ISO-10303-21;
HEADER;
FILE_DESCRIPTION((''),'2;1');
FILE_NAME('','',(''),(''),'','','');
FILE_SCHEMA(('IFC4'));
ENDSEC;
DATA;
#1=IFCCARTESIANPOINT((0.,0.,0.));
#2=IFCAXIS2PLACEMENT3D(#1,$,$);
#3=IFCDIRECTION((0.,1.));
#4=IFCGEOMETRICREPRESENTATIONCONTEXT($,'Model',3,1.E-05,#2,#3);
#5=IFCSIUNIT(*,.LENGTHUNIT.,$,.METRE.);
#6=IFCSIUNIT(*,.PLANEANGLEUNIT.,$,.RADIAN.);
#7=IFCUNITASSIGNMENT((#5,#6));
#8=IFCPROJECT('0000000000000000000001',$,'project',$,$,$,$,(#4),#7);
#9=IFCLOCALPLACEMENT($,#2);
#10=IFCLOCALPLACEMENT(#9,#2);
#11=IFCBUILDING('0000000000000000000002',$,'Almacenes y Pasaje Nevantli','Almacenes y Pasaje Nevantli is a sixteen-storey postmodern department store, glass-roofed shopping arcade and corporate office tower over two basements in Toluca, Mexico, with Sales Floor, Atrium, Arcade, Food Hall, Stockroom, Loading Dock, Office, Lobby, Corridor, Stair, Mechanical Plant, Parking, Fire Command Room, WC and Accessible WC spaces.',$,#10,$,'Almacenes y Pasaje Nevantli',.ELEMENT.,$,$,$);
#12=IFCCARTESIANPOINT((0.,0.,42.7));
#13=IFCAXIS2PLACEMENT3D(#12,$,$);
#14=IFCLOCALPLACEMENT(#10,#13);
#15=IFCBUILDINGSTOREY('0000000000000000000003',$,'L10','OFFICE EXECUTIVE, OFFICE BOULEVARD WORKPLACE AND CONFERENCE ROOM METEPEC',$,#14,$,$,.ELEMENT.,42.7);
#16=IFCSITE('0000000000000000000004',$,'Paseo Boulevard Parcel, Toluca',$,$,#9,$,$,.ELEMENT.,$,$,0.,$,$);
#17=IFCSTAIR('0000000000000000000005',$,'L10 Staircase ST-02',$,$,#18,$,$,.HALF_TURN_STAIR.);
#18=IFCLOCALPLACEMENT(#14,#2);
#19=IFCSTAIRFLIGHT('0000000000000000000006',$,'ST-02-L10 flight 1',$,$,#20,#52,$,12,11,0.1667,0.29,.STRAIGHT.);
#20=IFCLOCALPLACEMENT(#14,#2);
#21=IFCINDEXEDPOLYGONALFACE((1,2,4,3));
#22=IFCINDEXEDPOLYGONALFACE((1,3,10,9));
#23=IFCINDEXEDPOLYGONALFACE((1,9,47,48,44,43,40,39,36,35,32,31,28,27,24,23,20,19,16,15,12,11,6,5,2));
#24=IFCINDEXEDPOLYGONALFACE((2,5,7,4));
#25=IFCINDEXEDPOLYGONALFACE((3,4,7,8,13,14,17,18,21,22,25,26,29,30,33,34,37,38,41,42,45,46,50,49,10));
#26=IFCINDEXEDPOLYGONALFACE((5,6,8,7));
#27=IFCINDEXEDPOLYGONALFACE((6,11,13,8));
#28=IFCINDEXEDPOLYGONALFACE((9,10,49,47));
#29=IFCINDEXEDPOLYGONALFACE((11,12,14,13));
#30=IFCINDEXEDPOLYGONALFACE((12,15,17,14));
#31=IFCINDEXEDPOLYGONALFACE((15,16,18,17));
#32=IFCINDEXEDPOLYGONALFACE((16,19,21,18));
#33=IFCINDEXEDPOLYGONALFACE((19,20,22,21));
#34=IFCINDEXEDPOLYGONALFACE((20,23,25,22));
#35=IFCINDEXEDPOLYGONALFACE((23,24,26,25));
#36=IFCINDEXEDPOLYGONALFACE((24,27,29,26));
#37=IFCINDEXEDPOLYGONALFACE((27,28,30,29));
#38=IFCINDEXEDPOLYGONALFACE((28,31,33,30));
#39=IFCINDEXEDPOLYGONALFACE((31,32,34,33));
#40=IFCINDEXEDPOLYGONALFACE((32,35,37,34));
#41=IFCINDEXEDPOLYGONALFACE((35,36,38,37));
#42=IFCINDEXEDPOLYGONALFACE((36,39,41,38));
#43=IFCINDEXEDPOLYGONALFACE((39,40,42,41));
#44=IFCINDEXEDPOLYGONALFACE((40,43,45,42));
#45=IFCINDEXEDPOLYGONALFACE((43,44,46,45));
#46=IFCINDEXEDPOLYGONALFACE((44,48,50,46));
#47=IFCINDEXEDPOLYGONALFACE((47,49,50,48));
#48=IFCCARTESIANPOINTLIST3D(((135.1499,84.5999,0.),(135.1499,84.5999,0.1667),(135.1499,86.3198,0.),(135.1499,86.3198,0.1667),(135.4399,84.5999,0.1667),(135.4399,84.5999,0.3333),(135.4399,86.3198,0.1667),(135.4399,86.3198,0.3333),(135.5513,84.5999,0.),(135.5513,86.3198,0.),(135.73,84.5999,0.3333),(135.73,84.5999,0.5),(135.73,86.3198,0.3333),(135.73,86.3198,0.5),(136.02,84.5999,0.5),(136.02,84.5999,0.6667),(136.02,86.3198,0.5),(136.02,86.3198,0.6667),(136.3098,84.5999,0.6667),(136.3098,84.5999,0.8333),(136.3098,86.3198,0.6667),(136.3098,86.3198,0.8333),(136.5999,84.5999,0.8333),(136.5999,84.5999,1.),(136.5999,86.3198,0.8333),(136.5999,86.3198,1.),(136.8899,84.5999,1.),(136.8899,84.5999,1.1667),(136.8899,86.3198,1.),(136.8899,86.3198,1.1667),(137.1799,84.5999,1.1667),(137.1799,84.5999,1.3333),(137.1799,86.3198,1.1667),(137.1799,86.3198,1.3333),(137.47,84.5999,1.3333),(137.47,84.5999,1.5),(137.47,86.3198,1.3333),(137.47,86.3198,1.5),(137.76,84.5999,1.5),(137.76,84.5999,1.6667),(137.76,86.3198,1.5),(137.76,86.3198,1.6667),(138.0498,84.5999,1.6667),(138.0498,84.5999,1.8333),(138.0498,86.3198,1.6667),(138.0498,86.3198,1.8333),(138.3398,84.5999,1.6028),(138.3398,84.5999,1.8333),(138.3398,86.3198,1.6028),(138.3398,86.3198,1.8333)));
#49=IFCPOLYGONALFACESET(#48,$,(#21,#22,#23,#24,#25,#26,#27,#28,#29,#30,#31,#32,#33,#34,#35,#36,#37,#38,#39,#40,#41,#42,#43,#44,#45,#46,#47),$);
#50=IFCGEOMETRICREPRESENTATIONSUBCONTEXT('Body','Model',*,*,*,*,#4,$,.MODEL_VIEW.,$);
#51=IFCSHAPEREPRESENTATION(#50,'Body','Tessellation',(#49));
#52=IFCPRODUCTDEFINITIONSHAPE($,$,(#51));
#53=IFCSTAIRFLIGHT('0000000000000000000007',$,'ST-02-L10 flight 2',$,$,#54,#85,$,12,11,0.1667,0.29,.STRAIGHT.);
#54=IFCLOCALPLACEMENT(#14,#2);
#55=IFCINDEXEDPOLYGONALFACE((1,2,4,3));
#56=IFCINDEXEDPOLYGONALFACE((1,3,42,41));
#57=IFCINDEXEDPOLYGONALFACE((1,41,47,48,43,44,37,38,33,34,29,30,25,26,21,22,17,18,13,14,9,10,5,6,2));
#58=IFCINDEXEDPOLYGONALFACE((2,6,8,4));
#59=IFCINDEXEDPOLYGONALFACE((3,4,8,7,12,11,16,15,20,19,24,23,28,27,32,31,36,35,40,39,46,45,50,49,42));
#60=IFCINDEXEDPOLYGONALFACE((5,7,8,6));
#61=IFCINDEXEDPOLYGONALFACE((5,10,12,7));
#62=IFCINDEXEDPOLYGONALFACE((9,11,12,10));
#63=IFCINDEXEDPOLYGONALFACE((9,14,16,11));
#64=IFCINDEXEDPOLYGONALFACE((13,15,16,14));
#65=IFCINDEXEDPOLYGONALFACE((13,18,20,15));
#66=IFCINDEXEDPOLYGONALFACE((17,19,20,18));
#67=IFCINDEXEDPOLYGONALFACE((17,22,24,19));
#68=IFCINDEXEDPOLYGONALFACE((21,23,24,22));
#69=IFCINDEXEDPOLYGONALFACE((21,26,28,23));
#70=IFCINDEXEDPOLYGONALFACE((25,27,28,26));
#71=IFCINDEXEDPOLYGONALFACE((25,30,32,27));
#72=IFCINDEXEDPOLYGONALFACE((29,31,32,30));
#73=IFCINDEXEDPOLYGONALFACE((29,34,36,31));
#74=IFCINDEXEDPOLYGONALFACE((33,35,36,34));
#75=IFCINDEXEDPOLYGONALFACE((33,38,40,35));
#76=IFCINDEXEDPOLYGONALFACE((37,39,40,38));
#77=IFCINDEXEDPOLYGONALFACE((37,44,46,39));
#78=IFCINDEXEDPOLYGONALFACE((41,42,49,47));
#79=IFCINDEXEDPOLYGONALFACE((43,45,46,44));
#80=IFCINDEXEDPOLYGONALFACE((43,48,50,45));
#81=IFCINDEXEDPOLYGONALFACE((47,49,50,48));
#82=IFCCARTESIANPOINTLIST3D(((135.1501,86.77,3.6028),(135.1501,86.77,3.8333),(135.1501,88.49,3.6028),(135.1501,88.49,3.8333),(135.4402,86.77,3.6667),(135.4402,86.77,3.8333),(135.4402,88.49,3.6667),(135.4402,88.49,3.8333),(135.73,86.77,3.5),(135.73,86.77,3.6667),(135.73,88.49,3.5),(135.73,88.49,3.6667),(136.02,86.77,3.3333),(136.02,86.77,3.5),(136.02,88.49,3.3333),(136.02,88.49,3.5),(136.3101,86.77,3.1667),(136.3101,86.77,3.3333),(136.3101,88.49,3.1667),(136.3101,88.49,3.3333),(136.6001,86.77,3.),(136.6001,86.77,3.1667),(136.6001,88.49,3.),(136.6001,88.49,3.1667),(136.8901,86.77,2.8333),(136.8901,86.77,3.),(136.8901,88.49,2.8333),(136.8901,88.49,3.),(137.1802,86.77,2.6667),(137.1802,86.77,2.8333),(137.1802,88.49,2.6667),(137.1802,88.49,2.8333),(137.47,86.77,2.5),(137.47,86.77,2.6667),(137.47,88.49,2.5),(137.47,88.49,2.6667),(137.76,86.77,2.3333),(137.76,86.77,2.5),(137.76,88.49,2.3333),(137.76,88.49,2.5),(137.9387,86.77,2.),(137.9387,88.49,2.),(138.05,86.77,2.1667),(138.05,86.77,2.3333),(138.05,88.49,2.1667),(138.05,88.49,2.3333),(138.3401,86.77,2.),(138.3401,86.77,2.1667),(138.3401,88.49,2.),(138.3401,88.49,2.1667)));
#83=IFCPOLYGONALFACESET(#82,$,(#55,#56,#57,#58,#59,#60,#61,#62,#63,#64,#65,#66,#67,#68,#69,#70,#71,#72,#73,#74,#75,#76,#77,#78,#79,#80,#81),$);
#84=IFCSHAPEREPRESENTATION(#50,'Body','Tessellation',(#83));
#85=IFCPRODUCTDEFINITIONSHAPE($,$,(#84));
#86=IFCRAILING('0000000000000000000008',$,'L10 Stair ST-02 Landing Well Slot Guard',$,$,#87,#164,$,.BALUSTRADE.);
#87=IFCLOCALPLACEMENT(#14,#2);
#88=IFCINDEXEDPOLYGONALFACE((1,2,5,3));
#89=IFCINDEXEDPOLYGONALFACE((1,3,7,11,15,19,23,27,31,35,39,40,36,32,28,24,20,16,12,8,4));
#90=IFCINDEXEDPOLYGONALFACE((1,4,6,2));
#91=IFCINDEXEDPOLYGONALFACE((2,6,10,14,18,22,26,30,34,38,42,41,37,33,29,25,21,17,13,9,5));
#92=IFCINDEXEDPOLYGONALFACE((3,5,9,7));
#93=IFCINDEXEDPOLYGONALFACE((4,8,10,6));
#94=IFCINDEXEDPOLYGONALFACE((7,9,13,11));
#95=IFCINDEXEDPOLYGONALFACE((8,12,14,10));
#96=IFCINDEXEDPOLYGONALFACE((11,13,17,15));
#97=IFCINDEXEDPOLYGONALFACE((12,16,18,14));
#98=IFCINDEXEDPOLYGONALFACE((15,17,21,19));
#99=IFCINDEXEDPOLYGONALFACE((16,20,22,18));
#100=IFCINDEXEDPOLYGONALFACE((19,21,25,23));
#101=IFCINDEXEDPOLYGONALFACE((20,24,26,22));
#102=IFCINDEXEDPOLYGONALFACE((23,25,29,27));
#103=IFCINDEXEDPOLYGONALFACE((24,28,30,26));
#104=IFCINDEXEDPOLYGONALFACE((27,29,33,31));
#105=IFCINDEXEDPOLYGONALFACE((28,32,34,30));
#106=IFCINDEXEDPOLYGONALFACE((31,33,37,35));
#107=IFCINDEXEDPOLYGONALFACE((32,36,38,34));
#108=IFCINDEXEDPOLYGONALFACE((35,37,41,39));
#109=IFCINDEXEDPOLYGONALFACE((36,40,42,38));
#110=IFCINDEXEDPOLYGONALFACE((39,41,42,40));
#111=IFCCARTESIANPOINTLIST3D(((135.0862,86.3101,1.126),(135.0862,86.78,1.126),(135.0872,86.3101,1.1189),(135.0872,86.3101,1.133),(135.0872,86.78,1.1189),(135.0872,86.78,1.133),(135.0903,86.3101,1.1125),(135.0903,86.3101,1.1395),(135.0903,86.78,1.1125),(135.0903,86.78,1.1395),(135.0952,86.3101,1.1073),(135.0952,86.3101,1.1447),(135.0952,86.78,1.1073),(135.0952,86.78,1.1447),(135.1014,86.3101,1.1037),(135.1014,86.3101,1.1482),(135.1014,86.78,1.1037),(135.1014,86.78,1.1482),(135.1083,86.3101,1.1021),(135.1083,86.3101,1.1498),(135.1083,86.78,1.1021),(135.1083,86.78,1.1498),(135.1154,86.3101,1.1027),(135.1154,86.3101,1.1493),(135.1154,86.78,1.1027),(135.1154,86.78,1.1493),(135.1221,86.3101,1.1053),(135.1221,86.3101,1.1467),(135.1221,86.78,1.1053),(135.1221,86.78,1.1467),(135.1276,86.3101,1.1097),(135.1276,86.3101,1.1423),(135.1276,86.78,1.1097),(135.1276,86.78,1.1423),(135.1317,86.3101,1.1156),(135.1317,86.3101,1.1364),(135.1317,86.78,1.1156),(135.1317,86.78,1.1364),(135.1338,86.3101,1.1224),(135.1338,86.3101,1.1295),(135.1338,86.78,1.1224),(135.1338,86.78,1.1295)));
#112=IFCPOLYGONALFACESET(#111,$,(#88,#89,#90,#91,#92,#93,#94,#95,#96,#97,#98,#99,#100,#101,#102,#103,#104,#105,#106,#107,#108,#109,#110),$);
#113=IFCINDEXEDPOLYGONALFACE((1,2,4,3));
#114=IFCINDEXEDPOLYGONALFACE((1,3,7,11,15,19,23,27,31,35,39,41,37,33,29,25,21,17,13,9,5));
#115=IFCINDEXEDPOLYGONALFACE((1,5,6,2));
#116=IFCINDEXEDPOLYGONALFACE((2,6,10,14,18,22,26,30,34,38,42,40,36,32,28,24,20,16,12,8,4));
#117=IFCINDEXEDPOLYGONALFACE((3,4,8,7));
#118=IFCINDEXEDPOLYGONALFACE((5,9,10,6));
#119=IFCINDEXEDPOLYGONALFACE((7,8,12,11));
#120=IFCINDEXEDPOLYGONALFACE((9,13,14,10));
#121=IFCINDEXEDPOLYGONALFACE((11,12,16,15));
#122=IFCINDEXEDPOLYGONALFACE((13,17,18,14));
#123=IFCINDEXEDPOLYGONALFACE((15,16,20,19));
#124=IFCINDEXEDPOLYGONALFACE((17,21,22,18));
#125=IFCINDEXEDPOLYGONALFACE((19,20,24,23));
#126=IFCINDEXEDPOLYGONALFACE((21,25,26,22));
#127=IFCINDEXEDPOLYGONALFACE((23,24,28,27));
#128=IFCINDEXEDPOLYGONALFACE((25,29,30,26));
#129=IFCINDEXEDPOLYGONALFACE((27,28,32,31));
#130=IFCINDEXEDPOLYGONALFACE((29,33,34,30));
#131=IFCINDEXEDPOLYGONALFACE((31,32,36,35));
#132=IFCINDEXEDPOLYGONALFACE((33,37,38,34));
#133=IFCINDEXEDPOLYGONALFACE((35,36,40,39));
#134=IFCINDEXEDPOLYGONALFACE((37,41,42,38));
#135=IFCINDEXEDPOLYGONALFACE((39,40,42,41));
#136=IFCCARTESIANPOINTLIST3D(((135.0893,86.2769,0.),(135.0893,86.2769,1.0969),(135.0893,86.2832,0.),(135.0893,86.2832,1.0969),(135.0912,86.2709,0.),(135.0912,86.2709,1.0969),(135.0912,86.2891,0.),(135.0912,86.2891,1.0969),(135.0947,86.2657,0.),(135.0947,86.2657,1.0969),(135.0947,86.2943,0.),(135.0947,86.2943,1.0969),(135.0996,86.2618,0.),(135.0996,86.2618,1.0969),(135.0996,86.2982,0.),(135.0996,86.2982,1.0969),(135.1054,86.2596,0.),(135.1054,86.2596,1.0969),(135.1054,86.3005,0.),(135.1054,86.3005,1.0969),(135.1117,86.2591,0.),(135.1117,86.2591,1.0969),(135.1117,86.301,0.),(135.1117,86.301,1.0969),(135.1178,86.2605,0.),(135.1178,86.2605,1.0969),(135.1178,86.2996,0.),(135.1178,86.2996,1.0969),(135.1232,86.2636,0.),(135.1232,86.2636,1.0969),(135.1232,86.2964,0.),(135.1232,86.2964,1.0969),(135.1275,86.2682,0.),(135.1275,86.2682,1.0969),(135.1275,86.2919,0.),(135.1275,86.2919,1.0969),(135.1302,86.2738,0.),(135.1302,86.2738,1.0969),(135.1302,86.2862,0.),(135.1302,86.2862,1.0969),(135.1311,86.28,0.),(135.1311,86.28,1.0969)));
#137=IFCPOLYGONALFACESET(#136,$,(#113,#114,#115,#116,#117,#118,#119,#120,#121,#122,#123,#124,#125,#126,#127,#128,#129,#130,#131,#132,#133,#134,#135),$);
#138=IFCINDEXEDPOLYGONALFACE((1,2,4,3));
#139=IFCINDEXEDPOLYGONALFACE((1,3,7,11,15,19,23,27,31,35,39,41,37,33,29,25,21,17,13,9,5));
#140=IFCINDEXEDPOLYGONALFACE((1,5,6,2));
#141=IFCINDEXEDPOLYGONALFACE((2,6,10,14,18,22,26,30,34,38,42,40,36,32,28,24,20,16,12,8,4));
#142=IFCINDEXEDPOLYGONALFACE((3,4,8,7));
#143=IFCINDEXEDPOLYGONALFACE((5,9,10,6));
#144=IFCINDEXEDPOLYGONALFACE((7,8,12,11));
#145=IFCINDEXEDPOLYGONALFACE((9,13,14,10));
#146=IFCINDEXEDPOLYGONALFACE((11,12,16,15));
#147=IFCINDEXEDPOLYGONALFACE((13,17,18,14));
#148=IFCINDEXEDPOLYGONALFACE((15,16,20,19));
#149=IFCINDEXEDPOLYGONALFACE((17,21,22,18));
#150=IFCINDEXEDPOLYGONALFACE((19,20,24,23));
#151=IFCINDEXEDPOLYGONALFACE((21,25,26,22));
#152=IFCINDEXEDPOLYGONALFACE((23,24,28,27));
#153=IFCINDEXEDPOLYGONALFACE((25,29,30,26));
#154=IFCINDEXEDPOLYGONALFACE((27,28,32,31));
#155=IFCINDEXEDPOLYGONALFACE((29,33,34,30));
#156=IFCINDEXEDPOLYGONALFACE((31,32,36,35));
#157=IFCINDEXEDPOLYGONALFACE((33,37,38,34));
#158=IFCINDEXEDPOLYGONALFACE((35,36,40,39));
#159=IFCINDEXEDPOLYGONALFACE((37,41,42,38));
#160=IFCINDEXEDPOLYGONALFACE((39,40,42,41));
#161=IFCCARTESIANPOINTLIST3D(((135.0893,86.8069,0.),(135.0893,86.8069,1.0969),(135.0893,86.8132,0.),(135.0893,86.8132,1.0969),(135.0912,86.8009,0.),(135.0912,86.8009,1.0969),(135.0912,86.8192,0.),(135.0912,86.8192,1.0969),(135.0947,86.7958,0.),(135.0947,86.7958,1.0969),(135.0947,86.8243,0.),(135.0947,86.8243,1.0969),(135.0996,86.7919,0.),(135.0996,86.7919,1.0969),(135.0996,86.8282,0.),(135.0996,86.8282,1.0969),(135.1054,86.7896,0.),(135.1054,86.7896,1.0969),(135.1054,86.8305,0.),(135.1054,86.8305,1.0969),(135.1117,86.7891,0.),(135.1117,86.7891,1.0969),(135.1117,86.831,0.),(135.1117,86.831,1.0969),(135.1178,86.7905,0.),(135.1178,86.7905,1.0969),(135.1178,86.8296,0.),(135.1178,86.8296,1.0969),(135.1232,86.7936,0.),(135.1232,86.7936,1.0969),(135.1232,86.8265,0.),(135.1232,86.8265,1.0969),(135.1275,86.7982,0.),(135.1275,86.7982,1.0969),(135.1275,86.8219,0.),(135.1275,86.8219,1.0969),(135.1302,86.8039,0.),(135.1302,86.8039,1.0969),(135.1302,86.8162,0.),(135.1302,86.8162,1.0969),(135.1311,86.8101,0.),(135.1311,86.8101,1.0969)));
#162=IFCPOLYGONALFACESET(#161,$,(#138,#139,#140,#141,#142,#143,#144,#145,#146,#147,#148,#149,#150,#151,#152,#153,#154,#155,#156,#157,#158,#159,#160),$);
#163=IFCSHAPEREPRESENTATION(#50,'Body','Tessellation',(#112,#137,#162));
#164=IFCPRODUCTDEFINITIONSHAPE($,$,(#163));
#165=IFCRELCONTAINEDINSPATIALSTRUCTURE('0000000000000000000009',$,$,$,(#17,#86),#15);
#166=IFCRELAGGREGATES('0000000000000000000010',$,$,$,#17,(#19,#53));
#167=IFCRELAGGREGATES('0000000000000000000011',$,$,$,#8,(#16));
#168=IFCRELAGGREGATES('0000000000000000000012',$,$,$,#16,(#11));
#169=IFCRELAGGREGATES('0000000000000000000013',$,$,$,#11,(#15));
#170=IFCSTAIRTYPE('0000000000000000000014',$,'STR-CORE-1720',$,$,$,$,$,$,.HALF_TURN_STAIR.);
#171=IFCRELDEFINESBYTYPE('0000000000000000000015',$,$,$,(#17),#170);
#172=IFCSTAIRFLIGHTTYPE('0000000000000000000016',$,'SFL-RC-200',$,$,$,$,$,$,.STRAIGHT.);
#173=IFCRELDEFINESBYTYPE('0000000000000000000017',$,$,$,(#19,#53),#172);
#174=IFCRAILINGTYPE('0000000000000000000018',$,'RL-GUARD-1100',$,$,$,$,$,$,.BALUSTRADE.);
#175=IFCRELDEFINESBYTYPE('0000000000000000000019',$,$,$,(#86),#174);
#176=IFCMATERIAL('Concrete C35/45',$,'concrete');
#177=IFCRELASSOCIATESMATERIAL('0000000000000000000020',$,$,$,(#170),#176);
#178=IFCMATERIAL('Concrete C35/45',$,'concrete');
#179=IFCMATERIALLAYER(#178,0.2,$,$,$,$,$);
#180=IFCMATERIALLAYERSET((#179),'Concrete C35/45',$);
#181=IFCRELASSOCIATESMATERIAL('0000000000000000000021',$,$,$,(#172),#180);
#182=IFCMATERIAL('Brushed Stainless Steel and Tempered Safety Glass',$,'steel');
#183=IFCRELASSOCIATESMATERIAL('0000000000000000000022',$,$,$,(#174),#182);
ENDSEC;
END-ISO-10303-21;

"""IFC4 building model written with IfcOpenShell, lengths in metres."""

from ifc_helpers import new_model, si_unit, direction, frame, origin, origin_2d, place, context, subcontext, project, spatial, polyline, circle, outline, extrude, material, layer, layer_set, type_object, element, aggregate, save


model = new_model("IFC4")

# Units and contexts
model_context = context("Model", 3, precision=1e-05, world=origin(), true_north=direction((0.0, 1.0)))
body_context = subcontext(model_context, "Body", "Model", "MODEL_VIEW")
ifc_project = project(units=[si_unit("LENGTHUNIT", "METRE"), si_unit("PLANEANGLEUNIT", "RADIAN")], contexts=[model_context])

# Site, building, storey
site_placement = place(None, origin())
site = spatial("IfcSite", under=ifc_project, at=site_placement, Name="Paseo Boulevard Parcel, Toluca", CompositionType="ELEMENT", RefElevation=0.0)
building_placement = place(site_placement, origin())
building = spatial("IfcBuilding", under=site, at=building_placement, Name="Almacenes y Pasaje Nevantli", Description="Almacenes y Pasaje Nevantli is a sixteen-storey postmodern department store, glass-roofed shopping arcade and corporate office tower over two basements in Toluca, Mexico, with Sales Floor, Atrium, Arcade, Food Hall, Stockroom, Loading Dock, Office, Lobby, Corridor, Stair, Mechanical Plant, Parking, Fire Command Room, WC and Accessible WC spaces.", LongName="Almacenes y Pasaje Nevantli", CompositionType="ELEMENT")
storey_placement = place(building_placement, frame((0.0, 0.0, 42.7)))
storey = spatial("IfcBuildingStorey", under=building, at=storey_placement, Name="L10", Description="OFFICE EXECUTIVE, OFFICE BOULEVARD WORKPLACE AND CONFERENCE ROOM METEPEC", CompositionType="ELEMENT", Elevation=42.7)

# Stair, stair flights
ifc_material_1 = material(Name="Concrete C35/45", Category="concrete")
stair_type = type_object("IfcStairType", Name="STR-CORE-1720", PredefinedType="HALF_TURN_STAIR", material=ifc_material_1)
stair_placement = place(storey_placement, origin())
stair = element("IfcStair", 1, at=stair_placement, inside=storey, type_object=stair_type, Name="L10 Staircase ST-02", PredefinedType="HALF_TURN_STAIR")
ifc_material_2 = material(Name="Concrete C35/45", Category="concrete")
ifc_layer_1 = layer(ifc_material_2, 0.2)
ifc_layer_set_1 = layer_set([ifc_layer_1], Name="Concrete C35/45")
stair_flight_type = type_object("IfcStairFlightType", Name="SFL-RC-200", PredefinedType="STRAIGHT", material=ifc_layer_set_1)
stair_flight_1_placement = place(storey_placement, frame((135.1499, 85.46, 0.0), z_axis=(0.0, 0.0, 1.0), x_axis=(1.0, 0.0, 0.0)))
stair_flight_1 = element("IfcStairFlight", 2, at=stair_flight_1_placement, type_object=stair_flight_type, Name="ST-02-L10 flight 1", NumberOfRisers=12, NumberOfTreads=11, PredefinedType="STRAIGHT", RiserHeight=0.1667, TreadLength=0.29, context=body_context, shape_type="SweptSolid", body=[
    extrude(outline(polyline([(0.0, 0.0), (0.0, 0.1667), (0.29, 0.1667), (0.29, 0.3333), (0.5801, 0.3333), (0.5801, 0.5), (0.8701, 0.5), (0.8701, 0.6667), (1.1599, 0.6667), (1.1599, 0.8333), (1.45, 0.8333), (1.45, 1.0), (1.74, 1.0), (1.74, 1.1667), (2.03, 1.1667), (2.03, 1.3333), (2.3201, 1.3333), (2.3201, 1.5), (2.6101, 1.5), (2.6101, 1.6667), (2.8999, 1.6667), (2.8999, 1.8333), (3.1899, 1.8333), (3.1899, 2.0), (3.1899, 1.6028), (0.4014, 0.0), (0.0, 0.0)])), frame((0.0, 0.8599, 0.0), z_axis=(0.0, -1.0, 0.0), x_axis=(1.0, 0.0, 0.0)), (0.0, 0.0, 1.0), 1.72),
])
stair_flight_2_placement = place(storey_placement, frame((138.3401, 87.6299, 2.0), z_axis=(0.0, 0.0, 1.0), x_axis=(-1.0, 0.0, 0.0)))
stair_flight_2 = element("IfcStairFlight", 3, at=stair_flight_2_placement, type_object=stair_flight_type, Name="ST-02-L10 flight 2", NumberOfRisers=12, NumberOfTreads=11, PredefinedType="STRAIGHT", RiserHeight=0.1667, TreadLength=0.29, context=body_context, shape_type="SweptSolid", body=[
    extrude(outline(polyline([(0.0, 0.0), (0.0, 0.1667), (0.29, 0.1667), (0.29, 0.3333), (0.5801, 0.3333), (0.5801, 0.5), (0.8701, 0.5), (0.8701, 0.6667), (1.1599, 0.6667), (1.1599, 0.8333), (1.45, 0.8333), (1.45, 1.0), (1.74, 1.0), (1.74, 1.1667), (2.03, 1.1667), (2.03, 1.3333), (2.3201, 1.3333), (2.3201, 1.5), (2.6101, 1.5), (2.6101, 1.6667), (2.8999, 1.6667), (2.8999, 1.8333), (3.1899, 1.8333), (3.1899, 2.0), (3.1899, 1.6028), (0.4014, 0.0), (0.0, 0.0)])), frame((0.0, 0.8599, 0.0), z_axis=(0.0, -1.0, 0.0), x_axis=(1.0, 0.0, 0.0)), (0.0, 0.0, 1.0), 1.72),
])
aggregate(stair, [stair_flight_1, stair_flight_2])

# Railing
ifc_material_3 = material(Name="Brushed Stainless Steel and Tempered Safety Glass", Category="steel")
railing_type_1 = type_object("IfcRailingType", Name="RL-GUARD-1100", PredefinedType="BALUSTRADE", material=ifc_material_3)
railing_1_placement = place(storey_placement, frame((135.1101, 86.28, 0.0)))
element("IfcRailing", 4, at=railing_1_placement, inside=storey, type_object=railing_type_1, Name="L10 Stair ST-02 Landing Well Slot Guard", PredefinedType="BALUSTRADE", context=body_context, shape_type="SweptSolid", body=[
    extrude(circle(Radius=0.0239, at=origin_2d()), frame((0.0, 0.03, 1.126), z_axis=(0.0, 1.0, 0.0), x_axis=(-1.0, 0.0, 0.0)), (0.0, 0.0, 1.0), 0.47),
    extrude(circle(Radius=0.021, at=origin_2d()), origin(), (0.0, 0.0, 1.0), 1.0969),
    extrude(circle(Radius=0.021, at=origin_2d()), frame((0.0, 0.53, 0.0)), (0.0, 0.0, 1.0), 1.0969),
])

save(model, "model.ifc")
